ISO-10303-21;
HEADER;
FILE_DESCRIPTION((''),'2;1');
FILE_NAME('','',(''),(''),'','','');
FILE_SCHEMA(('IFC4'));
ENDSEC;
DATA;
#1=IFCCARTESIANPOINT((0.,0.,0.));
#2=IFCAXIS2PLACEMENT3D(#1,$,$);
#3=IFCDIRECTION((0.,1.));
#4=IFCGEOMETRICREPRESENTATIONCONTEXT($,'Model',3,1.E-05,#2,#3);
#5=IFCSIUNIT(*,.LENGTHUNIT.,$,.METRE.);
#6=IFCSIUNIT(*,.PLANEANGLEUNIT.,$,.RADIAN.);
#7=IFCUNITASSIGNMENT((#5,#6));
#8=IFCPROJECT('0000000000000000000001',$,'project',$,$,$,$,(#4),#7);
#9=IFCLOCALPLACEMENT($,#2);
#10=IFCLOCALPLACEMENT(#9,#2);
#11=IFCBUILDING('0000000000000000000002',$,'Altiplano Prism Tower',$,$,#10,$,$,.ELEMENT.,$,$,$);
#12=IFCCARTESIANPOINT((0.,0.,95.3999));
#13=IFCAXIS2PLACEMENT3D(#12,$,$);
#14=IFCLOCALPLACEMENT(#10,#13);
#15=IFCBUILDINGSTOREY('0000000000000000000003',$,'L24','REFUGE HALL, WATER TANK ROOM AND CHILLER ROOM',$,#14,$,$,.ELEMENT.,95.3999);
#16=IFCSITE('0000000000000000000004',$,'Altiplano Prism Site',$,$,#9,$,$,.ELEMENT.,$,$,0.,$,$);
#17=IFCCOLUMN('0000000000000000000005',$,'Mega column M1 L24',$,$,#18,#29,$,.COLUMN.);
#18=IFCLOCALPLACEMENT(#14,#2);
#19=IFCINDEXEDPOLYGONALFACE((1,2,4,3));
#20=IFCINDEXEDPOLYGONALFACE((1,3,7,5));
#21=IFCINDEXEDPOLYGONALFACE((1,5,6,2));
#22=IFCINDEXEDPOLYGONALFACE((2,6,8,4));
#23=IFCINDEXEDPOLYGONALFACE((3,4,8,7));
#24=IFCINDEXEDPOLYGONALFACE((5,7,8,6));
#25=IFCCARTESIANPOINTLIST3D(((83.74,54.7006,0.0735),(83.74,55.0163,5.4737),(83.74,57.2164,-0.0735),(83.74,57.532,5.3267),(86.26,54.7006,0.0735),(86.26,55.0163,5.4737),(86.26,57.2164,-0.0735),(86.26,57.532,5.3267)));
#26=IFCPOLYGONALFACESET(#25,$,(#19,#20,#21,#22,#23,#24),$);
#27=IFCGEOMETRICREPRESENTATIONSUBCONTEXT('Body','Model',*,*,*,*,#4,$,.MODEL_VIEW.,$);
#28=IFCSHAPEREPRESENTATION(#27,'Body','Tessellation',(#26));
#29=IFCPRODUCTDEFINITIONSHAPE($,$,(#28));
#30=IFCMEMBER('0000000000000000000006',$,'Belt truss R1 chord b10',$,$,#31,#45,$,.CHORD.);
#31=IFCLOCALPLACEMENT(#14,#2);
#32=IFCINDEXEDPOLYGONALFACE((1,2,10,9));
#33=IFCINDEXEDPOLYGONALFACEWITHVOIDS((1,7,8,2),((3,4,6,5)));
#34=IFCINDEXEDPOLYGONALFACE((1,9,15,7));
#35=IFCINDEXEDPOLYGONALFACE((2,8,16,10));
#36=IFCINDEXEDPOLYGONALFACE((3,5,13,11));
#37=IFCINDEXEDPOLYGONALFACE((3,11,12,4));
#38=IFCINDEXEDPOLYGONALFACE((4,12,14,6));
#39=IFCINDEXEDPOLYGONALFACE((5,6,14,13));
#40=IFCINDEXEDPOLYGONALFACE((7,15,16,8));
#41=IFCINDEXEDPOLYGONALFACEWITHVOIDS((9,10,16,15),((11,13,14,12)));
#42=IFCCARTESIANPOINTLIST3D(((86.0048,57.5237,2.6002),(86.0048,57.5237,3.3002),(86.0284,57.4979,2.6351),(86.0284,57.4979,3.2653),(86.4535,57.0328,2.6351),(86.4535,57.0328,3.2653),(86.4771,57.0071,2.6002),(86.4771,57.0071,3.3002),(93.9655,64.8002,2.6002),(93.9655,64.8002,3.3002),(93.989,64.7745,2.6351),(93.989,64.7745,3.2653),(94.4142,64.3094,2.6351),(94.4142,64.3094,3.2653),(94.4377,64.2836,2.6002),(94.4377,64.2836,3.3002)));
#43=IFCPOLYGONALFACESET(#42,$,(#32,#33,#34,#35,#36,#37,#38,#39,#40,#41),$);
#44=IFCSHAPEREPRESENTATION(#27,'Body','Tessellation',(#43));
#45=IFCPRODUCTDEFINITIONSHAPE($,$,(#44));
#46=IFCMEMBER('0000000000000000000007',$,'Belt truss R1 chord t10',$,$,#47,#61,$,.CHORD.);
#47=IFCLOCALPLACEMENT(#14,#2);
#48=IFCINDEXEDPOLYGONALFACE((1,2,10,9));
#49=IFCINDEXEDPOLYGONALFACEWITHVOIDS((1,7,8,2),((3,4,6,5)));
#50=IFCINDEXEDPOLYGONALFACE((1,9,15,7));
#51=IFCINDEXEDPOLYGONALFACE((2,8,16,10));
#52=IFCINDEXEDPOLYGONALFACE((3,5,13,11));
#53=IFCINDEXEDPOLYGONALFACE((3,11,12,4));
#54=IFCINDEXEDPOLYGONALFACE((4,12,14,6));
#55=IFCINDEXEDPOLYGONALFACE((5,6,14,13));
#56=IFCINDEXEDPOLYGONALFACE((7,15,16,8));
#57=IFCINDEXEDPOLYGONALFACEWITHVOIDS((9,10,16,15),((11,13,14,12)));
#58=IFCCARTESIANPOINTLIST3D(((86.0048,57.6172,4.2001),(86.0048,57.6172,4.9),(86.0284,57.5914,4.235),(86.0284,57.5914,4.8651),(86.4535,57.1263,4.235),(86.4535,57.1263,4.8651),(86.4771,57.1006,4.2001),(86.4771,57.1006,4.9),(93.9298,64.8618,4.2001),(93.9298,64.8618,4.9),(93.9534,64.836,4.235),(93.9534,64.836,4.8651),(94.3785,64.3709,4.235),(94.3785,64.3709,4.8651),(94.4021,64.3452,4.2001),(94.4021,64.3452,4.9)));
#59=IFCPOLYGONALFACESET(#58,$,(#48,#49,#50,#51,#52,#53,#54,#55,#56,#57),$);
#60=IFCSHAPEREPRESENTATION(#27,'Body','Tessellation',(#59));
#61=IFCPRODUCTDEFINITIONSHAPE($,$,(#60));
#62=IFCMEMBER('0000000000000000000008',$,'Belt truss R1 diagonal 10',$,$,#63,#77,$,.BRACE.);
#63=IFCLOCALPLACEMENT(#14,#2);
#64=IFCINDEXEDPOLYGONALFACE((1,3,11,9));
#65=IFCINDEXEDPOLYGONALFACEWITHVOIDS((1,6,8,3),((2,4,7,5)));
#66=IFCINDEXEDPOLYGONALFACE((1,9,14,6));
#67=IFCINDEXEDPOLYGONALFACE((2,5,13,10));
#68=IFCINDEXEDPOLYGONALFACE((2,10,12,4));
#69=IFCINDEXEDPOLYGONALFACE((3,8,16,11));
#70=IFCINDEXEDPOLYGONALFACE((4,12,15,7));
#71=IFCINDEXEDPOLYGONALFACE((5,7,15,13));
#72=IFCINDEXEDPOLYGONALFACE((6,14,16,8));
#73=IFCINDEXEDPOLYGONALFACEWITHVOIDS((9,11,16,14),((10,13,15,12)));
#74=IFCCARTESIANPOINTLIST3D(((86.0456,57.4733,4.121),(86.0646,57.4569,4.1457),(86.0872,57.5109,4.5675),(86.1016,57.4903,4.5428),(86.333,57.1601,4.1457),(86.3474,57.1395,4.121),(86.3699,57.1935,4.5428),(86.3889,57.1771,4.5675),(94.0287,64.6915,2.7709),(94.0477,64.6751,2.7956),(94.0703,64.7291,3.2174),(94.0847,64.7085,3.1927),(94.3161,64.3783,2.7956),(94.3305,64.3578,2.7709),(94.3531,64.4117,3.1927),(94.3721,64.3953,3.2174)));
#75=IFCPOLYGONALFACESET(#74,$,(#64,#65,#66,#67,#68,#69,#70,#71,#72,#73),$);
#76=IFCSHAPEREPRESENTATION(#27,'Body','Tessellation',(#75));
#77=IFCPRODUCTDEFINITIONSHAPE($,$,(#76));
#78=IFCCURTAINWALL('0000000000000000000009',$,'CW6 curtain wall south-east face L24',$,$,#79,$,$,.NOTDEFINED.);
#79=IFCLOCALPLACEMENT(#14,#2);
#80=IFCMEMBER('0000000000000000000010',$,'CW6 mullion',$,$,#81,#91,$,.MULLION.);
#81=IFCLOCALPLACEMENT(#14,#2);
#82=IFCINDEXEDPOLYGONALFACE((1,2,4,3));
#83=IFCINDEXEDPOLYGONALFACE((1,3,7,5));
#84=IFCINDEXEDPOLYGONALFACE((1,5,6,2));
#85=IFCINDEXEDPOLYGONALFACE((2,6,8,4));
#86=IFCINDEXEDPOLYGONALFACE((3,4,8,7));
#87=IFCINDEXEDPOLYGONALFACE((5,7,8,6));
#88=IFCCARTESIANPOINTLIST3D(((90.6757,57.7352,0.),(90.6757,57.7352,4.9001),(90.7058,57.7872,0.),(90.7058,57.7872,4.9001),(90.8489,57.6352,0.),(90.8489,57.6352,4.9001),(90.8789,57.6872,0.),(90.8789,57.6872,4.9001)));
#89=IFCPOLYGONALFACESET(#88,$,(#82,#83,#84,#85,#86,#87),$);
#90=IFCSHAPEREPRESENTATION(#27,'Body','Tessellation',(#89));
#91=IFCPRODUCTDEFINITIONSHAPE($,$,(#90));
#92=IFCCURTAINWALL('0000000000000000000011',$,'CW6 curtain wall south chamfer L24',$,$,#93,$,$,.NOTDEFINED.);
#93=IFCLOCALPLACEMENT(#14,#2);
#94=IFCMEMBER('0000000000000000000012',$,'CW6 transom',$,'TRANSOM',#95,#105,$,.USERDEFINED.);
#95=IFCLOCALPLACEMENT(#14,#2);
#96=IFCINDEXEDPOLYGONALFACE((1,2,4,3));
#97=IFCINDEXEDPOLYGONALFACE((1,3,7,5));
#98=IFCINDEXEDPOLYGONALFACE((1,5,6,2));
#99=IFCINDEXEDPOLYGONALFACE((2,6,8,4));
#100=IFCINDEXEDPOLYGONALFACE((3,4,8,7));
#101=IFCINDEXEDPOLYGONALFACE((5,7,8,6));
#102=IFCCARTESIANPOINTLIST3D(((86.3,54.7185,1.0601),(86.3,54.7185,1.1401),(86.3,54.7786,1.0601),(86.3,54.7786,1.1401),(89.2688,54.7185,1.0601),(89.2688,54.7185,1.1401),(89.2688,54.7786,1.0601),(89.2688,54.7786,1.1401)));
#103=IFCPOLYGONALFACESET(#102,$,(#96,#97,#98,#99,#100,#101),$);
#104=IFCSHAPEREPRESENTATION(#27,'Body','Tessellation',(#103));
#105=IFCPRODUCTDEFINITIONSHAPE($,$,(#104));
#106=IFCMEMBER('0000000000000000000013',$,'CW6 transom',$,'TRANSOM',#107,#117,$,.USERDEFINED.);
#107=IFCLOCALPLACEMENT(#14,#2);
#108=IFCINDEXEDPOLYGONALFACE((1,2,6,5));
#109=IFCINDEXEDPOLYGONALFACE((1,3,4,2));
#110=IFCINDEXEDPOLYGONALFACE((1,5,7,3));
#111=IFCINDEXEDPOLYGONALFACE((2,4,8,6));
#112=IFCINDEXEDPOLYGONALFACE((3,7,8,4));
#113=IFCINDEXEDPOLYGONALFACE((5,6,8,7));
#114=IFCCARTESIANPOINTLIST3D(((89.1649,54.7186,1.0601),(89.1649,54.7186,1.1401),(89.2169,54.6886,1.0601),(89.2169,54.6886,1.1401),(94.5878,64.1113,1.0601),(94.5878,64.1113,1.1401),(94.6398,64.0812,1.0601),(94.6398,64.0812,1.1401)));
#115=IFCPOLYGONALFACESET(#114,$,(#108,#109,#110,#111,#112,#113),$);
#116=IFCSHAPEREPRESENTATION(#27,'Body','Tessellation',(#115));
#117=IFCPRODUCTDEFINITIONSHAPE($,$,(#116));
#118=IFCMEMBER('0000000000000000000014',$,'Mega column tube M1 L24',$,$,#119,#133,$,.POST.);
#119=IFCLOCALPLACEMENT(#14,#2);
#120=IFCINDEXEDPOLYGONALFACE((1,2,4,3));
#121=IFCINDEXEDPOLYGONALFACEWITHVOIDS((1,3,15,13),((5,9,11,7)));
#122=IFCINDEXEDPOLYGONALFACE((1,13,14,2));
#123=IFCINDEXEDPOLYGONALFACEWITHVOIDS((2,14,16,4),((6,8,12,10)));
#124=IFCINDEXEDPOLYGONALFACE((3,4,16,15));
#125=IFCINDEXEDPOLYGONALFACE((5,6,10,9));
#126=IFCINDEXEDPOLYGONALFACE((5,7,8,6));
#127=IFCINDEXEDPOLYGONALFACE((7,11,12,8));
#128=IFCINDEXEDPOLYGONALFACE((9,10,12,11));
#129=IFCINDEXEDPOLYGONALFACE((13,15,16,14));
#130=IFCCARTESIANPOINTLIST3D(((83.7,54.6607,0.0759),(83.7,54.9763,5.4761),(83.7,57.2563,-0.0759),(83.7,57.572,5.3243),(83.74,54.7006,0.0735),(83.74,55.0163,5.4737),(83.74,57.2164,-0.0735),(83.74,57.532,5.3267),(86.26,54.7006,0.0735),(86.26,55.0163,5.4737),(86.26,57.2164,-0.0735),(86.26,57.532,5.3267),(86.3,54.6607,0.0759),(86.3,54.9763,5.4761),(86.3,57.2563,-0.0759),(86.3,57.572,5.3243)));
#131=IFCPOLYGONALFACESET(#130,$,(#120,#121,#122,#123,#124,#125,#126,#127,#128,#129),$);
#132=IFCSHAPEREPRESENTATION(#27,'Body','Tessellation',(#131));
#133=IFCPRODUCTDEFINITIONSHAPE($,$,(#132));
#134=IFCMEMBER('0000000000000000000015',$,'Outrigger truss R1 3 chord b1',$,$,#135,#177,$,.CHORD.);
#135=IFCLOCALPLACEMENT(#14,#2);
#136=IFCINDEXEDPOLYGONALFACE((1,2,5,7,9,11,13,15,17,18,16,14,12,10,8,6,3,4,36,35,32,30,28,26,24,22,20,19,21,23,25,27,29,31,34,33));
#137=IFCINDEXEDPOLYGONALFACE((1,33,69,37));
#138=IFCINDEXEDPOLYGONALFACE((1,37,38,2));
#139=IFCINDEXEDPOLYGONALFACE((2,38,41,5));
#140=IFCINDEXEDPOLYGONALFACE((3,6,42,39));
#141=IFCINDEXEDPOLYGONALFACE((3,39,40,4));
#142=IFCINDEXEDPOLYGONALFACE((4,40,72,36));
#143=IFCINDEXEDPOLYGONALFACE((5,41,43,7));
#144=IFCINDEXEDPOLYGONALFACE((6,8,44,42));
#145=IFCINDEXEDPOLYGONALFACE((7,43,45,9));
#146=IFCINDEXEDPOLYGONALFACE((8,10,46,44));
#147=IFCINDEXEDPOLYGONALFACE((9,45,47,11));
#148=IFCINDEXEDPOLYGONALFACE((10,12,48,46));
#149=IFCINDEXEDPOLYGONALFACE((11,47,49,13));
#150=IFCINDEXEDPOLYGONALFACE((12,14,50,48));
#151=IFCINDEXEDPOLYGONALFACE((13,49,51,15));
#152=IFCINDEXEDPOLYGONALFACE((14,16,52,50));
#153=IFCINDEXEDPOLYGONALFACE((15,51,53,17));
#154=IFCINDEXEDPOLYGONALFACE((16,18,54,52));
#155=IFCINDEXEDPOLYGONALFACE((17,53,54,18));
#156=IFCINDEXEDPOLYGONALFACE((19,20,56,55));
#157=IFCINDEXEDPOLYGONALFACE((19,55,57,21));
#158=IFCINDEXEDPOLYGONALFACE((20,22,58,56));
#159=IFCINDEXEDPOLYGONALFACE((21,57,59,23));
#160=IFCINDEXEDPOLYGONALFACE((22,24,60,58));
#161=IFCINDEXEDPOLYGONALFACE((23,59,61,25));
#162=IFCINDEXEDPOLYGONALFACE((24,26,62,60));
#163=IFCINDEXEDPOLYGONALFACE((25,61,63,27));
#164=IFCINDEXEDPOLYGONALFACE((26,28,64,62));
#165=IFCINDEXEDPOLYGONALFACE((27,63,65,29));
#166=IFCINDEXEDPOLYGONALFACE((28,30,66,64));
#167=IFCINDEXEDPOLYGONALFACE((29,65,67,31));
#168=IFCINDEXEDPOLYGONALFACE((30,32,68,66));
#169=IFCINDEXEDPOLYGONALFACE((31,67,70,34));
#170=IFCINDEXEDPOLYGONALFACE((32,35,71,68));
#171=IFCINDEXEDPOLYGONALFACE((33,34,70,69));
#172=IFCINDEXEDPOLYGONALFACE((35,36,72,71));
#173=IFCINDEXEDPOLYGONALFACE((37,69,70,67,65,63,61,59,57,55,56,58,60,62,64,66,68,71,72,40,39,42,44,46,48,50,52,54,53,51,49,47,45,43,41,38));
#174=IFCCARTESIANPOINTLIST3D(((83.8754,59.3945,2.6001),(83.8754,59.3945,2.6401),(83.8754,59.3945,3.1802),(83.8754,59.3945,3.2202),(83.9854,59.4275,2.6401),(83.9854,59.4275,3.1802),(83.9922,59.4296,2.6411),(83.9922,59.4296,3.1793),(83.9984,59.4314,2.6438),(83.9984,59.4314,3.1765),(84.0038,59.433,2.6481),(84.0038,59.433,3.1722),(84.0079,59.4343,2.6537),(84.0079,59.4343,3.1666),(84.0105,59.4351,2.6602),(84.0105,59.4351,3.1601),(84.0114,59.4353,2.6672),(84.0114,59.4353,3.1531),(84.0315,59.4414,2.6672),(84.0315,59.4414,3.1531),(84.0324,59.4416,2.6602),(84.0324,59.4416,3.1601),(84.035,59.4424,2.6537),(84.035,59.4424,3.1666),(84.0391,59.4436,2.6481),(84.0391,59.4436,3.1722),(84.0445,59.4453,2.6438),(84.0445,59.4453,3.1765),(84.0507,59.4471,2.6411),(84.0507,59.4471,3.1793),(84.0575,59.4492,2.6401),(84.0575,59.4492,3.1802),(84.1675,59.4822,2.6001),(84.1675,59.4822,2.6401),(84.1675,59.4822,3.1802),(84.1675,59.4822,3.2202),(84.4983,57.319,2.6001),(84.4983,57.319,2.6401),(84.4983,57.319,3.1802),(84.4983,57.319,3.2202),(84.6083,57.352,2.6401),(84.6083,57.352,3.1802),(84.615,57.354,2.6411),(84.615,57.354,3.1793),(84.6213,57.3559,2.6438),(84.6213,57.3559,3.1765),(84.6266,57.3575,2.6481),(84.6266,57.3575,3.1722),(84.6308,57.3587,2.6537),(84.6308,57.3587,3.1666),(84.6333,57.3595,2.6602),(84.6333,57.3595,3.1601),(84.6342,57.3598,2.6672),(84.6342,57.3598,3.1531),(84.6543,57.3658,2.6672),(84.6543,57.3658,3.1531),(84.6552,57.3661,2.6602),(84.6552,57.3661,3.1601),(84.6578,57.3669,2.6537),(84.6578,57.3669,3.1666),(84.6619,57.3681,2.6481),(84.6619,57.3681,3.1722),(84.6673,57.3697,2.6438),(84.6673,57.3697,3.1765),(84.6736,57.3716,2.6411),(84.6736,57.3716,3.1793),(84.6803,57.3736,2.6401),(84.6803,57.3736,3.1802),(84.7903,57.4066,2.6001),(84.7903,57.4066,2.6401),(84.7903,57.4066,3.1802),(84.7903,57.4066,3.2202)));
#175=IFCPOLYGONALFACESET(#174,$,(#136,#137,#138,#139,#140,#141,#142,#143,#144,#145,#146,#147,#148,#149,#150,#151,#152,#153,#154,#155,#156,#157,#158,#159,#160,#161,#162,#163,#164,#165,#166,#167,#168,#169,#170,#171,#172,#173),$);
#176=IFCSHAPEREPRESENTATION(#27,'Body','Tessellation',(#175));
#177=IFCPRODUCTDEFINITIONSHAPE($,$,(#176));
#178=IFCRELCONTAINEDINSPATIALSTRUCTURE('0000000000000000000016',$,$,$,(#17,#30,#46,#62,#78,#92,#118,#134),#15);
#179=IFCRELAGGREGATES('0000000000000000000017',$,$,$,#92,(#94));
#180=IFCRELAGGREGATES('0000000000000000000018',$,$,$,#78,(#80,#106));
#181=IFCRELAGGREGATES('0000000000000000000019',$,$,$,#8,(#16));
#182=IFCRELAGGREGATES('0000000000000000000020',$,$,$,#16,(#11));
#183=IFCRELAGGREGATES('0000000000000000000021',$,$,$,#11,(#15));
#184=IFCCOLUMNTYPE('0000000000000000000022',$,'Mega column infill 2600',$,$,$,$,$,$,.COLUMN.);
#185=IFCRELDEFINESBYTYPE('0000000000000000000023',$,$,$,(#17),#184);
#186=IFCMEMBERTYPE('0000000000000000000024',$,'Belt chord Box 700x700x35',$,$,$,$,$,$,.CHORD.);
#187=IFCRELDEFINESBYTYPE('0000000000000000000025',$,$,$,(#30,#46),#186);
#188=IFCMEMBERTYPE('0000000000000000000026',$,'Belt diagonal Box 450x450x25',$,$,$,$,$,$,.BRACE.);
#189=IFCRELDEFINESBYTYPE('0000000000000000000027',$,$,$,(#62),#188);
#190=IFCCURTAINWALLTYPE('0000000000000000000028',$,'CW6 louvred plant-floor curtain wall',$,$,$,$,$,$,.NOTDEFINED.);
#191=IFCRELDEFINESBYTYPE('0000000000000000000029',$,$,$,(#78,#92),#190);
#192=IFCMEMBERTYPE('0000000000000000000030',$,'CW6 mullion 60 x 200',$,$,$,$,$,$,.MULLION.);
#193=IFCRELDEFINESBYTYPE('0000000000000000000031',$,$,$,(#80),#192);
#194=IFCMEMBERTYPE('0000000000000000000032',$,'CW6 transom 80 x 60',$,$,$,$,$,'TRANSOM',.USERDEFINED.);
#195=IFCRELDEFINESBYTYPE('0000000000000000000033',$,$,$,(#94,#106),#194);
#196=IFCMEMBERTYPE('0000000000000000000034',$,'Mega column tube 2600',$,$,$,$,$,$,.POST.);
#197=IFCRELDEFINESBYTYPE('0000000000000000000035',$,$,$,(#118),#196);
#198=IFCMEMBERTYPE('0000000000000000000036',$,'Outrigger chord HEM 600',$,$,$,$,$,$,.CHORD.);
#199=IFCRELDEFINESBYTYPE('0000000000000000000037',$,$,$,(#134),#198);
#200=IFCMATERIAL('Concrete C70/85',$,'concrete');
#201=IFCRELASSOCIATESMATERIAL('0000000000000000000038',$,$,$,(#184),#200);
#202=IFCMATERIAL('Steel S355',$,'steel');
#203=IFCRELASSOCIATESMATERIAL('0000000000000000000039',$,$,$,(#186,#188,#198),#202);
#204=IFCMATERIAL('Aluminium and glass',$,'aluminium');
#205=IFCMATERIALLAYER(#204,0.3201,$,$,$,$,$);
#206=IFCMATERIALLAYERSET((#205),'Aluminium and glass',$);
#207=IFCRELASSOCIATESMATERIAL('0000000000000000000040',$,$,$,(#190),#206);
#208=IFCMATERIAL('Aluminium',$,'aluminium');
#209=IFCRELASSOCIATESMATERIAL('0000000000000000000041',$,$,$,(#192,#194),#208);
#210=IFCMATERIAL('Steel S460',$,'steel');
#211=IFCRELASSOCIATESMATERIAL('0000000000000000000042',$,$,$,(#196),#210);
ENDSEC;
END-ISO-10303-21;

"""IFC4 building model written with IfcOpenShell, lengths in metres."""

from ifc_helpers import new_model, si_unit, direction, frame, origin, origin_2d, place, context, subcontext, project, spatial, rectangle, hollow_rectangle, i_section, extrude, material, layer, layer_set, material_profile, profile_set, type_object, element, aggregate, save


model = new_model("IFC4")

# Units and contexts
model_context = context("Model", 3, precision=1e-05, world=origin(), true_north=direction((0.0, 1.0)))
body_context = subcontext(model_context, "Body", "Model", "MODEL_VIEW")
ifc_project = project(units=[si_unit("LENGTHUNIT", "METRE"), si_unit("PLANEANGLEUNIT", "RADIAN")], contexts=[model_context])

# Site, building, storey
site_placement = place(None, origin())
site = spatial("IfcSite", under=ifc_project, at=site_placement, Name="Altiplano Prism Site", CompositionType="ELEMENT", RefElevation=0.0)
building_placement = place(site_placement, origin())
building = spatial("IfcBuilding", under=site, at=building_placement, Name="Altiplano Prism Tower", CompositionType="ELEMENT")
storey_placement = place(building_placement, frame((0.0, 0.0, 95.3999)))
storey = spatial("IfcBuildingStorey", under=building, at=storey_placement, Name="L24", Description="REFUGE HALL, WATER TANK ROOM AND CHILLER ROOM", CompositionType="ELEMENT", Elevation=95.3999)

# Column
ifc_material_1 = material(Name="Concrete C70/85", Category="concrete")
ifc_material_profile_1 = material_profile(ifc_material_1, rectangle(XDim=2.52, YDim=2.52, at=origin_2d()), Name="Mega column infill 2600")
ifc_profile_set_1 = profile_set([ifc_material_profile_1], Name="Concrete C70/85")
column_type = type_object("IfcColumnType", Name="Mega column infill 2600", PredefinedType="COLUMN", material=ifc_profile_set_1)
column_placement = place(storey_placement, frame((85.0, 55.9585, 0.0), z_axis=(0.0, 0.058357, 0.998296), x_axis=(-1.0, 0.0, 0.0)))
element("IfcColumn", 1, at=column_placement, inside=storey, type_object=column_type, Name="Mega column M1 L24", PredefinedType="COLUMN", context=body_context, shape_type="SweptSolid", body=[
    extrude(rectangle(XDim=2.52, YDim=2.52, at=origin_2d()), origin(), (0.0, 0.0, 1.0), 5.4094),
])

# Members
ifc_material_2 = material(Name="Steel S355", Category="steel")
ifc_material_profile_2 = material_profile(ifc_material_2, hollow_rectangle(XDim=0.7, YDim=0.7, WallThickness=0.0349, at=origin_2d()), Name="Belt chord Box 700x700x35")
ifc_profile_set_2 = profile_set([ifc_material_profile_2], Name="Steel S355")
member_type_1 = type_object("IfcMemberType", Name="Belt chord Box 700x700x35", PredefinedType="CHORD", material=ifc_profile_set_2)
member_1_placement = place(storey_placement, frame((86.241, 57.2654, 2.9502), z_axis=(0.738109, 0.674681, 0.0), x_axis=(-0.674681, 0.738109, 0.0)))
element("IfcMember", 2, at=member_1_placement, inside=storey, type_object=member_type_1, Name="Belt truss R1 chord b10", PredefinedType="CHORD", context=body_context, shape_type="SweptSolid", body=[
    extrude(hollow_rectangle(XDim=0.7, YDim=0.7, WallThickness=0.0349, at=origin_2d()), origin(), (0.0, 0.0, 1.0), 10.7852),
])
member_2_placement = place(storey_placement, frame((86.241, 57.3589, 4.55), z_axis=(0.738081, 0.674712, 0.0), x_axis=(-0.674712, 0.738081, 0.0)))
element("IfcMember", 3, at=member_2_placement, inside=storey, type_object=member_type_1, Name="Belt truss R1 chord t10", PredefinedType="CHORD", context=body_context, shape_type="SweptSolid", body=[
    extrude(hollow_rectangle(XDim=0.7, YDim=0.7, WallThickness=0.0349, at=origin_2d()), origin(), (0.0, 0.0, 1.0), 10.7373),
])
ifc_material_profile_3 = material_profile(ifc_material_2, hollow_rectangle(XDim=0.45, YDim=0.45, WallThickness=0.0249, at=origin_2d()), Name="Belt diagonal Box 450x450x25")
ifc_profile_set_3 = profile_set([ifc_material_profile_3], Name="Steel S355")
member_type_2 = type_object("IfcMemberType", Name="Belt diagonal Box 450x450x25", PredefinedType="BRACE", material=ifc_profile_set_3)
member_3_placement = place(storey_placement, frame((86.2173, 57.3252, 4.3442), z_axis=(0.73598, 0.665463, -0.124468), x_axis=(-0.670679, 0.741748, 0.0)))
element("IfcMember", 4, at=member_3_placement, inside=storey, type_object=member_type_2, Name="Belt truss R1 diagonal 10", PredefinedType="BRACE", context=body_context, shape_type="SweptSolid", body=[
    extrude(hollow_rectangle(XDim=0.45, YDim=0.45, WallThickness=0.0249, at=origin_2d()), origin(), (0.0, 0.0, 1.0), 10.8469),
])

# Curtain walls, members
ifc_material_3 = material(Name="Aluminium and glass", Category="aluminium")
ifc_layer_1 = layer(ifc_material_3, 0.3201)
ifc_layer_set_1 = layer_set([ifc_layer_1], Name="Aluminium and glass")
curtain_wall_type = type_object("IfcCurtainWallType", Name="CW6 louvred plant-floor curtain wall", PredefinedType="NOTDEFINED", material=ifc_layer_set_1)
curtain_wall_1_placement = place(storey_placement, origin())
curtain_wall_1 = element("IfcCurtainWall", 5, at=curtain_wall_1_placement, inside=storey, type_object=curtain_wall_type, Name="CW6 curtain wall south-east face L24", PredefinedType="NOTDEFINED")
ifc_material_4 = material(Name="Aluminium", Category="aluminium")
ifc_material_profile_4 = material_profile(ifc_material_4, rectangle(XDim=0.2, YDim=0.0601, at=origin_2d()), Name="CW6 mullion 60 x 200")
ifc_profile_set_4 = profile_set([ifc_material_profile_4], Name="Aluminium")
member_type_3 = type_object("IfcMemberType", Name="CW6 mullion 60 x 200", PredefinedType="MULLION", material=ifc_profile_set_4)
member_4_placement = place(storey_placement, frame((90.7773, 57.7112, 0.0), z_axis=(0.0, 0.0, 1.0), x_axis=(-0.866025, 0.5, 0.0)))
member_4 = element("IfcMember", 6, at=member_4_placement, type_object=member_type_3, Name="CW6 mullion", PredefinedType="MULLION", context=body_context, shape_type="SweptSolid", body=[
    extrude(rectangle(XDim=0.2, YDim=0.0601, at=origin_2d()), origin(), (0.0, 0.0, 1.0), 4.9001),
])
curtain_wall_2_placement = place(storey_placement, origin())
curtain_wall_2 = element("IfcCurtainWall", 7, at=curtain_wall_2_placement, inside=storey, type_object=curtain_wall_type, Name="CW6 curtain wall south chamfer L24", PredefinedType="NOTDEFINED")
ifc_material_profile_5 = material_profile(ifc_material_4, rectangle(XDim=0.0601, YDim=0.0801, at=origin_2d()), Name="CW6 transom 80 x 60")
ifc_profile_set_5 = profile_set([ifc_material_profile_5], Name="Aluminium")
member_type_4 = type_object("IfcMemberType", Name="CW6 transom 80 x 60", ElementType="TRANSOM", PredefinedType="USERDEFINED", material=ifc_profile_set_5)
member_5_placement = place(storey_placement, frame((86.3, 54.7485, 1.1001), z_axis=(1.0, 0.0, 0.0), x_axis=(0.0, 1.0, 0.0)))
member_5 = element("IfcMember", 8, at=member_5_placement, type_object=member_type_4, Name="CW6 transom", ObjectType="TRANSOM", PredefinedType="USERDEFINED", context=body_context, shape_type="SweptSolid", body=[
    extrude(rectangle(XDim=0.0601, YDim=0.0801, at=origin_2d()), origin(), (0.0, 0.0, 1.0), 2.9688),
])

# Member
member_6_placement = place(storey_placement, frame((89.1909, 54.7036, 1.1001), z_axis=(0.500003, 0.866024, 0.0), x_axis=(-0.866024, 0.500003, 0.0)))
member_6 = element("IfcMember", 9, at=member_6_placement, type_object=member_type_4, Name="CW6 transom", ObjectType="TRANSOM", PredefinedType="USERDEFINED", context=body_context, shape_type="SweptSolid", body=[
    extrude(rectangle(XDim=0.0601, YDim=0.0801, at=origin_2d()), origin(), (0.0, 0.0, 1.0), 10.8457),
])

# Members
ifc_material_5 = material(Name="Steel S460", Category="steel")
ifc_material_profile_6 = material_profile(ifc_material_5, hollow_rectangle(XDim=2.6001, YDim=2.6001, WallThickness=0.04, at=origin_2d()), Name="Mega column tube 2600")
ifc_profile_set_6 = profile_set([ifc_material_profile_6], Name="Steel S460")
member_type_5 = type_object("IfcMemberType", Name="Mega column tube 2600", PredefinedType="POST", material=ifc_profile_set_6)
member_7_placement = place(storey_placement, frame((85.0, 55.9585, 0.0), z_axis=(0.0, 0.058357, 0.998296), x_axis=(-1.0, 0.0, 0.0)))
element("IfcMember", 10, at=member_7_placement, inside=storey, type_object=member_type_5, Name="Mega column tube M1 L24", PredefinedType="POST", context=body_context, shape_type="SweptSolid", body=[
    extrude(hollow_rectangle(XDim=2.6001, YDim=2.6001, WallThickness=0.04, at=origin_2d()), origin(), (0.0, 0.0, 1.0), 5.4094),
])
ifc_material_profile_7 = material_profile(ifc_material_2, i_section(OverallWidth=0.3049, OverallDepth=0.6201, WebThickness=0.021, FlangeThickness=0.04, FilletRadius=0.0271, at=origin_2d()), Name="Outrigger chord HEM 600")
ifc_profile_set_7 = profile_set([ifc_material_profile_7], Name="Steel S355")
member_type_6 = type_object("IfcMemberType", Name="Outrigger chord HEM 600", PredefinedType="CHORD", material=ifc_profile_set_7)
for number, where, z_axis, x_axis, name in (
    (11, (84.6443, 57.3628, 2.9102), (-0.28742, 0.957805, 0.0), (-0.957805, -0.28742, 0.0), "Outrigger truss R1 3 chord b1"),
):
    element("IfcMember", number, at=place(storey_placement, frame(where, z_axis=z_axis, x_axis=x_axis)), inside=storey, type_object=member_type_6, Name=name, PredefinedType="CHORD", context=body_context, shape_type="SweptSolid", body=[
        extrude(i_section(OverallWidth=0.3049, OverallDepth=0.6201, WebThickness=0.021, FlangeThickness=0.04, FilletRadius=0.0271, at=origin_2d()), origin(), (0.0, 0.0, 1.0), 2.167),
    ])

aggregate(curtain_wall_2, [member_5])
aggregate(curtain_wall_1, [member_4, member_6])

save(model, "model.ifc")
